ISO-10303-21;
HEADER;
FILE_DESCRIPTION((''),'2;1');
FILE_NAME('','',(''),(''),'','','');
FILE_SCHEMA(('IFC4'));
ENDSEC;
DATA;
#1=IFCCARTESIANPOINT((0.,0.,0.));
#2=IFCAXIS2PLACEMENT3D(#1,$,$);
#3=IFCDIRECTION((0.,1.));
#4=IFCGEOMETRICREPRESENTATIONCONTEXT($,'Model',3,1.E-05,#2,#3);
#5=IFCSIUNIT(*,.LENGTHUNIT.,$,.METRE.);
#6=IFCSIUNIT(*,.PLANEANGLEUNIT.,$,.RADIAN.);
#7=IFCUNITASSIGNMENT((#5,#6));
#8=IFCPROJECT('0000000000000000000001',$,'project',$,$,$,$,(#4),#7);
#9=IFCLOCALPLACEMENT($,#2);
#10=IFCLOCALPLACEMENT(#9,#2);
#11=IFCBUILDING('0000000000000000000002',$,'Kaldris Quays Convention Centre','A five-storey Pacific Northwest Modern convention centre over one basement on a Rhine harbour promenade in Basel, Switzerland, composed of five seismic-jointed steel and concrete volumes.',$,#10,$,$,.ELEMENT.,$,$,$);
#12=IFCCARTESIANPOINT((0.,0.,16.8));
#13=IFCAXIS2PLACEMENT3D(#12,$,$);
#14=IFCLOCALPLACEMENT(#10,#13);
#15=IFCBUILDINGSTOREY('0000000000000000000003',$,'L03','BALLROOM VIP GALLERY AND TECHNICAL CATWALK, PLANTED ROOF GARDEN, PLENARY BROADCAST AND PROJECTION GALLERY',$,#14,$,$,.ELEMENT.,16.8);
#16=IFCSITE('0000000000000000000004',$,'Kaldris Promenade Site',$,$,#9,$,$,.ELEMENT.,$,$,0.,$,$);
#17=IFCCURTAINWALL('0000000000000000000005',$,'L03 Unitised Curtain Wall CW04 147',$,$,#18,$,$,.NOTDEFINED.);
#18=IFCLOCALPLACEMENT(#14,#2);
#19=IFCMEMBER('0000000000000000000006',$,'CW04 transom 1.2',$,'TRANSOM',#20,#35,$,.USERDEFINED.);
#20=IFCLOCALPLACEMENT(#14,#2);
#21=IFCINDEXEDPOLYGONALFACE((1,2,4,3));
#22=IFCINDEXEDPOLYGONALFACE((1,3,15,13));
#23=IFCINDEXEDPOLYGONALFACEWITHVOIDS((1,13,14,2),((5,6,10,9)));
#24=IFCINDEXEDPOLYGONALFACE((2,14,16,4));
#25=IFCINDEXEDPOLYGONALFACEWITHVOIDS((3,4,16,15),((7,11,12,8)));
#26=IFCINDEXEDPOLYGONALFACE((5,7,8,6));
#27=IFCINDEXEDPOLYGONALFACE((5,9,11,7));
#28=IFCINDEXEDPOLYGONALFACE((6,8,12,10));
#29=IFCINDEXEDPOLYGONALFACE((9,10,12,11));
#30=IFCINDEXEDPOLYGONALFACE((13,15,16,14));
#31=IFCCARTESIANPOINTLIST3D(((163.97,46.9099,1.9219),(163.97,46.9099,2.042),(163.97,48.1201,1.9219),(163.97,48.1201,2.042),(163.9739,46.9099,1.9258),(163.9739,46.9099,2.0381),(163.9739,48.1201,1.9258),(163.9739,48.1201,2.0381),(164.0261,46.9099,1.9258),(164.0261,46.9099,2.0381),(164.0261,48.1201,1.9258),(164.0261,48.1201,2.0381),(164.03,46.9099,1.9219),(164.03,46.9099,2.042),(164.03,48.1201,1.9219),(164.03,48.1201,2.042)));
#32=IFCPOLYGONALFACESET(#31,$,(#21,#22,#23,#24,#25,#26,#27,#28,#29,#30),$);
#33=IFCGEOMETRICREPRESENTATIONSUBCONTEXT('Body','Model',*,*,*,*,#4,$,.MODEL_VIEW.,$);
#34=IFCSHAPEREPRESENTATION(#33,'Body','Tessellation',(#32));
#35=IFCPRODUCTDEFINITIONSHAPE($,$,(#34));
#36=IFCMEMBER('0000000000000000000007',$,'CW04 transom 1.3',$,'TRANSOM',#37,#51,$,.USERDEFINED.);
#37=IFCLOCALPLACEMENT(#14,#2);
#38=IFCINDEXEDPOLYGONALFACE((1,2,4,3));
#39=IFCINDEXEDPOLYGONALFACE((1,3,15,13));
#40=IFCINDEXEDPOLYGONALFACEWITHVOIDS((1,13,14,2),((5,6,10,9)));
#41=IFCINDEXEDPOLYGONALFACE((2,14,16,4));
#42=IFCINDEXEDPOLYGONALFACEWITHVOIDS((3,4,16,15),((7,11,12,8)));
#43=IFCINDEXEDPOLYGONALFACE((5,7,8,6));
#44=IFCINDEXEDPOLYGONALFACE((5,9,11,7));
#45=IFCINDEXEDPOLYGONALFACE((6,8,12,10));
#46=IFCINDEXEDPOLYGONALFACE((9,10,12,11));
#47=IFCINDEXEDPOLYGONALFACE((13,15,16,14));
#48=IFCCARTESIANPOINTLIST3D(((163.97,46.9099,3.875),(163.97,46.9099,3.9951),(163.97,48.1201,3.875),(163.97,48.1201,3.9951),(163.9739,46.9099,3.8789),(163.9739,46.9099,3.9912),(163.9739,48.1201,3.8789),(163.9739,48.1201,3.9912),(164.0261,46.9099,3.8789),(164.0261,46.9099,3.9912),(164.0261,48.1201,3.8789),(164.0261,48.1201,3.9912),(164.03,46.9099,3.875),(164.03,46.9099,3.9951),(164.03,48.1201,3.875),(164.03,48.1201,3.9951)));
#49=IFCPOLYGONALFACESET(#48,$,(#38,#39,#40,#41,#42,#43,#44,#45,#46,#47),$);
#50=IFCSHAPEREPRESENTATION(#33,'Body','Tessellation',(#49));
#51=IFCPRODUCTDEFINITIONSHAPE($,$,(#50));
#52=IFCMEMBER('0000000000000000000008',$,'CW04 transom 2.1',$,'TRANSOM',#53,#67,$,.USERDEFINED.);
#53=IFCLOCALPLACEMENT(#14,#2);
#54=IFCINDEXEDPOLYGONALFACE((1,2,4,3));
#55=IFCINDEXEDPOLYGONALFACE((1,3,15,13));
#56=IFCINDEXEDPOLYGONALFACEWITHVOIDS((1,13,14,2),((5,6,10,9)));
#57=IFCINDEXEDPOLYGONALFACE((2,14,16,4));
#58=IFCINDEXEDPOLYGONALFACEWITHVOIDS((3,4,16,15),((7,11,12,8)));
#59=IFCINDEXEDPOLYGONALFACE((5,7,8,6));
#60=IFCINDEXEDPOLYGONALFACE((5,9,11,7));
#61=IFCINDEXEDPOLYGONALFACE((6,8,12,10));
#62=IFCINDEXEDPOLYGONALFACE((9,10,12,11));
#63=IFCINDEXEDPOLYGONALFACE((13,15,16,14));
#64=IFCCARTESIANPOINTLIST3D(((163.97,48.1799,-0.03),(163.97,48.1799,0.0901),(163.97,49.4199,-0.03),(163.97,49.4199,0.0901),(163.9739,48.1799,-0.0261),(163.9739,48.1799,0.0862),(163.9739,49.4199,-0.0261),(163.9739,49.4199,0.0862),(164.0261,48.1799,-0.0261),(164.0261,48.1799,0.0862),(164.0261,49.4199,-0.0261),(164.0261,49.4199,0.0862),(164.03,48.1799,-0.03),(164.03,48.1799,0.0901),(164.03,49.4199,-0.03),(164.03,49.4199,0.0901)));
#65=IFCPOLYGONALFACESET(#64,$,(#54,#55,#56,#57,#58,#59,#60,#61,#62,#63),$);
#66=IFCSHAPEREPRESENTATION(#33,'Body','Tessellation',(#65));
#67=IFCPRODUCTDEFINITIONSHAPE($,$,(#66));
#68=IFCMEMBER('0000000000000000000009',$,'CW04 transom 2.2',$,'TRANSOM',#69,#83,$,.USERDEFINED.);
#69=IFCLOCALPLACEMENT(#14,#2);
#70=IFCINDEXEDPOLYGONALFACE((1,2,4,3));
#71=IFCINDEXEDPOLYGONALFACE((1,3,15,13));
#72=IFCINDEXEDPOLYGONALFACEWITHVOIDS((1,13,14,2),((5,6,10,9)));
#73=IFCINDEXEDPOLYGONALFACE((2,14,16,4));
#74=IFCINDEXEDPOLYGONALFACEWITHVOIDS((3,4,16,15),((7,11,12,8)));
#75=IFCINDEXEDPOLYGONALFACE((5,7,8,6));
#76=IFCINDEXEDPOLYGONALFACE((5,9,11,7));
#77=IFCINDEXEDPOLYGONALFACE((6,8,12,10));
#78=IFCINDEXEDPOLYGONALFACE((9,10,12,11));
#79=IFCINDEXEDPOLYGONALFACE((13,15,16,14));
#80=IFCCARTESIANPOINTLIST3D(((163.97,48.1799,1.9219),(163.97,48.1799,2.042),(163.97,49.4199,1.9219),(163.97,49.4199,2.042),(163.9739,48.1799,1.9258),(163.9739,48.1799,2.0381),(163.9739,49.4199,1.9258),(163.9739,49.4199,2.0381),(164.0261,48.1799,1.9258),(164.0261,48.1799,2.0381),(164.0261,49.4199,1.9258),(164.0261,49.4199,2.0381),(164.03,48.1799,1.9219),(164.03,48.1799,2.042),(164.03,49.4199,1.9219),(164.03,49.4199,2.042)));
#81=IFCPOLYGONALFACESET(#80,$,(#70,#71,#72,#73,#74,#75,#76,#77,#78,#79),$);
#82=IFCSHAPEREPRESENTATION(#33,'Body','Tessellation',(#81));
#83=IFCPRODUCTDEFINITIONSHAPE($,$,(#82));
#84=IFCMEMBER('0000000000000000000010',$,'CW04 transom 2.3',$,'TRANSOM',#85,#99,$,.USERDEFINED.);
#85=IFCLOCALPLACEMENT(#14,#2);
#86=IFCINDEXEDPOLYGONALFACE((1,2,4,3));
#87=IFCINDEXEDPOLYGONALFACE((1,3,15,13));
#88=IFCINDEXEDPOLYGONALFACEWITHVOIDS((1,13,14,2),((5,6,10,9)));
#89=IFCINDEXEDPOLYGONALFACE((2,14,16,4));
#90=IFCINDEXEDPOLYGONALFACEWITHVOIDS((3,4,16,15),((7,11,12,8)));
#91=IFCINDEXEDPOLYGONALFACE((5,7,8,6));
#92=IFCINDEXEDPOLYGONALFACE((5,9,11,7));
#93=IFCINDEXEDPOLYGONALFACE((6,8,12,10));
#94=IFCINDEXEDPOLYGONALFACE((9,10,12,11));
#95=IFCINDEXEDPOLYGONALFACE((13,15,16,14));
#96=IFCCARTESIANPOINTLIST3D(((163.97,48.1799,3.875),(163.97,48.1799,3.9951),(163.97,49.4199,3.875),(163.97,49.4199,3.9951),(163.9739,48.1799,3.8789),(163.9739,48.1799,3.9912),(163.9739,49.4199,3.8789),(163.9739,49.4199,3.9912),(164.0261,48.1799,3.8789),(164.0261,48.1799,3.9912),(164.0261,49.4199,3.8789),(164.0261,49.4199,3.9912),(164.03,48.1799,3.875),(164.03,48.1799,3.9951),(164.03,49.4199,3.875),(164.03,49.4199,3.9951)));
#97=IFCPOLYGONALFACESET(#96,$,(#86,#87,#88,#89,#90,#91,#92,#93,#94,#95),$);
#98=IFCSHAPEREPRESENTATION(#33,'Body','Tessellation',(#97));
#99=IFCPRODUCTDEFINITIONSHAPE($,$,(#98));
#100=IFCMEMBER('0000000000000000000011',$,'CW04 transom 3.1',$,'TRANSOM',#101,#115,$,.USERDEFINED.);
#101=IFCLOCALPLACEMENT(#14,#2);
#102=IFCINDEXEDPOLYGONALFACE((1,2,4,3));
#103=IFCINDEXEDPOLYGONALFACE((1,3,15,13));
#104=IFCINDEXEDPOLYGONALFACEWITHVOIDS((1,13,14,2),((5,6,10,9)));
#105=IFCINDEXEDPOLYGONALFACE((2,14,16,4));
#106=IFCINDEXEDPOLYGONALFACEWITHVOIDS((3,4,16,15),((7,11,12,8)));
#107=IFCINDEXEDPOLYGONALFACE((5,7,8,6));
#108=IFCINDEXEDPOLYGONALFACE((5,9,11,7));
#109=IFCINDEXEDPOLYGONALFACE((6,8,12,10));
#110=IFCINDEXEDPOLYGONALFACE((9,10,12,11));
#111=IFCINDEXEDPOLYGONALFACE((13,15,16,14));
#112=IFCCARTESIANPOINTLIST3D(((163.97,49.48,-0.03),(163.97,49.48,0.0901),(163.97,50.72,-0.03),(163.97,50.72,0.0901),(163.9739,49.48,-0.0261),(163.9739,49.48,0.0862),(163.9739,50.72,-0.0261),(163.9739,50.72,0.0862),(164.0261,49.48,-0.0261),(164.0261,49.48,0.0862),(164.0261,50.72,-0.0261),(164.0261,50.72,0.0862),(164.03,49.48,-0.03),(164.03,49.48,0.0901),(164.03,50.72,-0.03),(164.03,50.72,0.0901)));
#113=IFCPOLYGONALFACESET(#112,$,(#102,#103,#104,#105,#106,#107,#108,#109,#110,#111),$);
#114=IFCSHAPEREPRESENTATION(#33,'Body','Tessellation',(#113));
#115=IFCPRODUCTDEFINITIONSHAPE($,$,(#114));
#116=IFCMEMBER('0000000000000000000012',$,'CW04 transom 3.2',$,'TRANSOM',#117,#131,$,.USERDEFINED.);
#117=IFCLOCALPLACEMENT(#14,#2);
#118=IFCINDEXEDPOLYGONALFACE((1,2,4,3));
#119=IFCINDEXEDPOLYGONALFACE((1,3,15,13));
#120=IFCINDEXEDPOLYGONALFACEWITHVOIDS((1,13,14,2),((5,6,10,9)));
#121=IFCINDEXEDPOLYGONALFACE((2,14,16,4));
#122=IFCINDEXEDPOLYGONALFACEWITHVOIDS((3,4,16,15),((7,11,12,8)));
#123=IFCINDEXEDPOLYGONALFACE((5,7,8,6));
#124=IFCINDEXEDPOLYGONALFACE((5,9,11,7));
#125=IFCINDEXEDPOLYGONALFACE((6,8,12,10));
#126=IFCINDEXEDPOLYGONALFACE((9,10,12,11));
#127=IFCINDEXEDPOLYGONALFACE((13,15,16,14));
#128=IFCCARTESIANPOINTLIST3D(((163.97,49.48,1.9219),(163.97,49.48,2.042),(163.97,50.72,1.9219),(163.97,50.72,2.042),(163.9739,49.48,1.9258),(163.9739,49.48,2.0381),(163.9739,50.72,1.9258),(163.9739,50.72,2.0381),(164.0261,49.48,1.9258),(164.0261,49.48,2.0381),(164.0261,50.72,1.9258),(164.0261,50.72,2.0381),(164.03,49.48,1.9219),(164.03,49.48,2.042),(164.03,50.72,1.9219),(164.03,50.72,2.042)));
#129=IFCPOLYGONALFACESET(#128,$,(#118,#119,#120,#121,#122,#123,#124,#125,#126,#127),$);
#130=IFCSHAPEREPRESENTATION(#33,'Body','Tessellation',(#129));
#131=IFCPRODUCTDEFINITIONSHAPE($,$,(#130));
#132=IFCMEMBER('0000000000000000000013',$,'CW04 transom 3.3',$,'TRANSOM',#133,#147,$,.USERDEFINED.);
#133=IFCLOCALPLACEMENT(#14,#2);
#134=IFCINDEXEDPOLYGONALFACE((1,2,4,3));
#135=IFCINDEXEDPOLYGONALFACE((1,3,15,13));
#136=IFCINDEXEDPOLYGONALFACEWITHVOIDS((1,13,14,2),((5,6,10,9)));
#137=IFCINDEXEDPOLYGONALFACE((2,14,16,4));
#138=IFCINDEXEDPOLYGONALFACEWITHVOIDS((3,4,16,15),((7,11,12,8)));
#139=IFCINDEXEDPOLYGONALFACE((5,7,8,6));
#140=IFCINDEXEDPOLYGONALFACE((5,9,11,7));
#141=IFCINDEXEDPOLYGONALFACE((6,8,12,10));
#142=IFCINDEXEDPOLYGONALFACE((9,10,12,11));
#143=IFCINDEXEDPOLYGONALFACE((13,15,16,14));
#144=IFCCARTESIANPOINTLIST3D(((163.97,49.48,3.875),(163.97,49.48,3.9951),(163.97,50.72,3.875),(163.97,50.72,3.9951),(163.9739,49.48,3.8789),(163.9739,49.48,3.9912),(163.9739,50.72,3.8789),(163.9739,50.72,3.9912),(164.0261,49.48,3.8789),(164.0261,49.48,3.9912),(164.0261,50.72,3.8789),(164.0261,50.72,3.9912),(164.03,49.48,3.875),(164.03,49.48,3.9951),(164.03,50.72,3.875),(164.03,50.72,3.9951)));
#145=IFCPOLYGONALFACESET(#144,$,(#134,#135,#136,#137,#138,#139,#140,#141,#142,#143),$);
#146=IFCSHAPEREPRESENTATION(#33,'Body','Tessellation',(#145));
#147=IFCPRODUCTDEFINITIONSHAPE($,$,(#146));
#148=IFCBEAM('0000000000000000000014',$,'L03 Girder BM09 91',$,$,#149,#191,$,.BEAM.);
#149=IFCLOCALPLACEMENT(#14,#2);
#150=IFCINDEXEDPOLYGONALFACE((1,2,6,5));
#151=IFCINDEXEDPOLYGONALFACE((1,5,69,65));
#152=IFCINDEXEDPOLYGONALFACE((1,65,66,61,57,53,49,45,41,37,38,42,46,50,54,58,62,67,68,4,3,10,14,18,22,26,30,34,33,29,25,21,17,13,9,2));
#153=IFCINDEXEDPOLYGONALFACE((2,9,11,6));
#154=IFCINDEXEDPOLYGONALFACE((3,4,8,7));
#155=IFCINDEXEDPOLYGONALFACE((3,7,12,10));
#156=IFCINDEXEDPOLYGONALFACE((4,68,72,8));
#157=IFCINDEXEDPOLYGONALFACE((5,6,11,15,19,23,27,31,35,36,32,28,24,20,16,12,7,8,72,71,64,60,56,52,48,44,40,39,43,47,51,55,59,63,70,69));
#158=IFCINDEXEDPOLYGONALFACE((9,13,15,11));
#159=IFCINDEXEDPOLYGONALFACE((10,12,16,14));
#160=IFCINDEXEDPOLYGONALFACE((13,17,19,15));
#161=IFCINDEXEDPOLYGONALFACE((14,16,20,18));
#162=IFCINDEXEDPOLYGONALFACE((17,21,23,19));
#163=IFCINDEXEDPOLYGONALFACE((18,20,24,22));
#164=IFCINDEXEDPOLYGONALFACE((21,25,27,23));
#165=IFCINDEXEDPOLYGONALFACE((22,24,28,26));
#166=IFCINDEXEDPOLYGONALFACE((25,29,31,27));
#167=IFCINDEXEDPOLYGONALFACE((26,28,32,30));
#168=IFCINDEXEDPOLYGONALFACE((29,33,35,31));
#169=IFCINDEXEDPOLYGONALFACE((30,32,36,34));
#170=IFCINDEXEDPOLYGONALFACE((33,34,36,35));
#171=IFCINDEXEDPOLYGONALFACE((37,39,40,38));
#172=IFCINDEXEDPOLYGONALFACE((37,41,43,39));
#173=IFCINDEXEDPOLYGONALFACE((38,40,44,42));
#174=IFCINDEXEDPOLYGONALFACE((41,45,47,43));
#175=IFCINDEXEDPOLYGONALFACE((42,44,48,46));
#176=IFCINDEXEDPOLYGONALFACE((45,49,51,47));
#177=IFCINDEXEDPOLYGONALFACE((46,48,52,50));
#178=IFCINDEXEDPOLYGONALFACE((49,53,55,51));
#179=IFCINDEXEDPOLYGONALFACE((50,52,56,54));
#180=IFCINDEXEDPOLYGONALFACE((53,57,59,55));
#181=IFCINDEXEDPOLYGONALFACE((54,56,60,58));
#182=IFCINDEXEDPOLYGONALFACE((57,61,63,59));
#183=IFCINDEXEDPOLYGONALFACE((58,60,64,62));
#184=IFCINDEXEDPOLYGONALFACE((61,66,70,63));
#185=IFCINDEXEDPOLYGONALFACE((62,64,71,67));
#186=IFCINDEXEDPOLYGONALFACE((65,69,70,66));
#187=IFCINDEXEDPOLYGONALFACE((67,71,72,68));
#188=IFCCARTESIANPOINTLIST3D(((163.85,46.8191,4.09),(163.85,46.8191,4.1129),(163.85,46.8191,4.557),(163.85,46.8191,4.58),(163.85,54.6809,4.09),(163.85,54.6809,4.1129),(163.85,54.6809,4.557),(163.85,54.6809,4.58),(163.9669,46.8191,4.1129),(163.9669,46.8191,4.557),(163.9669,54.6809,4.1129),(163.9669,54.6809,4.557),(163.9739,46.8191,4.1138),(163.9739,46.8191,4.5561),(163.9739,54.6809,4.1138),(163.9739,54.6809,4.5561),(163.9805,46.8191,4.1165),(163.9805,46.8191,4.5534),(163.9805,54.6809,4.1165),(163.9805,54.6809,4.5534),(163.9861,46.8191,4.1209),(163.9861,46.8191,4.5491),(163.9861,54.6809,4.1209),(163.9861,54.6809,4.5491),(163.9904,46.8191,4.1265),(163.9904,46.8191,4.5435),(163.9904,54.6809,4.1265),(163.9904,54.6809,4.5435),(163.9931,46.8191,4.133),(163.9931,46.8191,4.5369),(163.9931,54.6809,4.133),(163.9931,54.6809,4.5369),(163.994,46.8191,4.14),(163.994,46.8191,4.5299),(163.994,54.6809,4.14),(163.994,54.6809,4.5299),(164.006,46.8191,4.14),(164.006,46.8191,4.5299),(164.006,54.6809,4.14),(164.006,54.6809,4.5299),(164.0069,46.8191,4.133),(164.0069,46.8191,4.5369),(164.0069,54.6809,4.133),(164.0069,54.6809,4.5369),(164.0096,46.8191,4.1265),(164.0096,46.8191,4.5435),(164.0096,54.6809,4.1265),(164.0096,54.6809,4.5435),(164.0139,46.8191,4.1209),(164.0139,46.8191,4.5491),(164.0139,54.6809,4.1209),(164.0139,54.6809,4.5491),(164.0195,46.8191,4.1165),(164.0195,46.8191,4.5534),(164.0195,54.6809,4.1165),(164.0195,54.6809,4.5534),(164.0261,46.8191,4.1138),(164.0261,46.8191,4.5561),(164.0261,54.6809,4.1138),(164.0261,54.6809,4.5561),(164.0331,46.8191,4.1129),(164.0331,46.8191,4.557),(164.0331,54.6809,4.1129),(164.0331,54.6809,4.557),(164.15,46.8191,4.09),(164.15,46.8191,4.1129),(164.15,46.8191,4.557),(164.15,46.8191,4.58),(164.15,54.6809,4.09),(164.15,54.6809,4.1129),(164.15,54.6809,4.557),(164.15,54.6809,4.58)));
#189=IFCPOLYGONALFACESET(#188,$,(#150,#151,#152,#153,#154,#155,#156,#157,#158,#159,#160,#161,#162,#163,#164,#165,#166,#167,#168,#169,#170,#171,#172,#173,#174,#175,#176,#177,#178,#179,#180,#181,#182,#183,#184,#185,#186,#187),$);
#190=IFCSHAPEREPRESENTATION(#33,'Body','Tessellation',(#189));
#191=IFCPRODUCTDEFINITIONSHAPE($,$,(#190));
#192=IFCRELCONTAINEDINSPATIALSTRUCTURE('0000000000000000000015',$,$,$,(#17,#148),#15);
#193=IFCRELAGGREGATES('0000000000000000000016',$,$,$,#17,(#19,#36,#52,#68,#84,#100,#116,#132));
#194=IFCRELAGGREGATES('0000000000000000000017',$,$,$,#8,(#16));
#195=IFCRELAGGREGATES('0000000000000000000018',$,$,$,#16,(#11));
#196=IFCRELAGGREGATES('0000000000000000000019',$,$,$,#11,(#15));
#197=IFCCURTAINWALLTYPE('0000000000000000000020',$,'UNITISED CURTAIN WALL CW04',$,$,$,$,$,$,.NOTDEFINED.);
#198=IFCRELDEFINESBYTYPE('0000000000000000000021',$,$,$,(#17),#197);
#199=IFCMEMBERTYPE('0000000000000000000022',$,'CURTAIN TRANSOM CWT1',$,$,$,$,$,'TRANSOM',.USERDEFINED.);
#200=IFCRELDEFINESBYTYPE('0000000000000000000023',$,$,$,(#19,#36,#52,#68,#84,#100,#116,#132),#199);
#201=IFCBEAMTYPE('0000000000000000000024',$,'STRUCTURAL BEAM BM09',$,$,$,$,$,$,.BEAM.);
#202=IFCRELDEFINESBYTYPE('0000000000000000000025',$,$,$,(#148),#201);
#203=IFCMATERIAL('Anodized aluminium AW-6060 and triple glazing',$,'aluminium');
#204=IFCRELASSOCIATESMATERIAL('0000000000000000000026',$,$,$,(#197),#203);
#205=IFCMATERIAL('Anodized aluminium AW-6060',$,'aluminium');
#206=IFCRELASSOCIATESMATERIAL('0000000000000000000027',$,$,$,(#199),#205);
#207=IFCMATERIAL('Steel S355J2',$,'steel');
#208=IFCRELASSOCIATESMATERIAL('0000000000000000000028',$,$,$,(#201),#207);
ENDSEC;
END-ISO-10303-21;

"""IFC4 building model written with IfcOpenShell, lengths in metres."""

from ifc_helpers import new_model, si_unit, direction, frame, origin, origin_2d, place, context, subcontext, project, spatial, hollow_rectangle, i_section, extrude, material, material_profile, profile_set, type_object, element, aggregate, save


model = new_model("IFC4")

# Units and contexts
model_context = context("Model", 3, precision=1e-05, world=origin(), true_north=direction((0.0, 1.0)))
body_context = subcontext(model_context, "Body", "Model", "MODEL_VIEW")
ifc_project = project(units=[si_unit("LENGTHUNIT", "METRE"), si_unit("PLANEANGLEUNIT", "RADIAN")], contexts=[model_context])

# Site, building, storey
site_placement = place(None, origin())
site = spatial("IfcSite", under=ifc_project, at=site_placement, Name="Kaldris Promenade Site", CompositionType="ELEMENT", RefElevation=0.0)
building_placement = place(site_placement, origin())
building = spatial("IfcBuilding", under=site, at=building_placement, Name="Kaldris Quays Convention Centre", Description="A five-storey Pacific Northwest Modern convention centre over one basement on a Rhine harbour promenade in Basel, Switzerland, composed of five seismic-jointed steel and concrete volumes.", CompositionType="ELEMENT")
storey_placement = place(building_placement, frame((0.0, 0.0, 16.8)))
storey = spatial("IfcBuildingStorey", under=building, at=storey_placement, Name="L03", Description="BALLROOM VIP GALLERY AND TECHNICAL CATWALK, PLANTED ROOF GARDEN, PLENARY BROADCAST AND PROJECTION GALLERY", CompositionType="ELEMENT", Elevation=16.8)

# Shared definitions
ifc_material_1 = material(Name="Steel S355J2", Category="steel")

# Shared definitions
ifc_material_2 = material(Name="Anodized aluminium AW-6060 and triple glazing", Category="aluminium")
curtain_wall_type = type_object("IfcCurtainWallType", Name="UNITISED CURTAIN WALL CW04", PredefinedType="NOTDEFINED", material=ifc_material_2)
ifc_material_3 = material(Name="Anodized aluminium AW-6060", Category="aluminium")

# Curtain wall
curtain_wall_1_placement = place(storey_placement, origin())
curtain_wall_1 = element("IfcCurtainWall", 1, at=curtain_wall_1_placement, inside=storey, type_object=curtain_wall_type, Name="L03 Unitised Curtain Wall CW04 147", PredefinedType="NOTDEFINED")

# Members
ifc_material_profile_1 = material_profile(ifc_material_3, hollow_rectangle(XDim=0.0601, YDim=0.1201, WallThickness=0.0039, at=origin_2d()), Name="RHS 120x60x4")
ifc_profile_set_1 = profile_set([ifc_material_profile_1], Name="Anodized aluminium AW-6060")
member_type_1 = type_object("IfcMemberType", Name="CURTAIN TRANSOM CWT1", ElementType="TRANSOM", PredefinedType="USERDEFINED", material=ifc_profile_set_1)
member_1_placement = place(storey_placement, frame((164.0, 46.9099, 1.9819), z_axis=(0.0, 1.0, 0.0), x_axis=(-1.0, 0.0, 0.0)))
member_1 = element("IfcMember", 2, at=member_1_placement, type_object=member_type_1, Name="CW04 transom 1.2", ObjectType="TRANSOM", PredefinedType="USERDEFINED", context=body_context, shape_type="SweptSolid", body=[
    extrude(hollow_rectangle(XDim=0.0601, YDim=0.1201, WallThickness=0.0039, at=origin_2d()), origin(), (0.0, 0.0, 1.0), 1.2102),
])
member_2_placement = place(storey_placement, frame((164.0, 46.9099, 3.9351), z_axis=(0.0, 1.0, 0.0), x_axis=(-1.0, 0.0, 0.0)))
member_2 = element("IfcMember", 3, at=member_2_placement, type_object=member_type_1, Name="CW04 transom 1.3", ObjectType="TRANSOM", PredefinedType="USERDEFINED", context=body_context, shape_type="SweptSolid", body=[
    extrude(hollow_rectangle(XDim=0.0601, YDim=0.1201, WallThickness=0.0039, at=origin_2d()), origin(), (0.0, 0.0, 1.0), 1.2102),
])
member_3_placement = place(storey_placement, frame((164.0, 48.1799, 0.03), z_axis=(0.0, 1.0, 0.0), x_axis=(-1.0, 0.0, 0.0)))
member_3 = element("IfcMember", 4, at=member_3_placement, type_object=member_type_1, Name="CW04 transom 2.1", ObjectType="TRANSOM", PredefinedType="USERDEFINED", context=body_context, shape_type="SweptSolid", body=[
    extrude(hollow_rectangle(XDim=0.0601, YDim=0.1201, WallThickness=0.0039, at=origin_2d()), origin(), (0.0, 0.0, 1.0), 1.24),
])
member_4_placement = place(storey_placement, frame((164.0, 48.1799, 1.9819), z_axis=(0.0, 1.0, 0.0), x_axis=(-1.0, 0.0, 0.0)))
member_4 = element("IfcMember", 5, at=member_4_placement, type_object=member_type_1, Name="CW04 transom 2.2", ObjectType="TRANSOM", PredefinedType="USERDEFINED", context=body_context, shape_type="SweptSolid", body=[
    extrude(hollow_rectangle(XDim=0.0601, YDim=0.1201, WallThickness=0.0039, at=origin_2d()), origin(), (0.0, 0.0, 1.0), 1.24),
])
member_5_placement = place(storey_placement, frame((164.0, 48.1799, 3.9351), z_axis=(0.0, 1.0, 0.0), x_axis=(-1.0, 0.0, 0.0)))
member_5 = element("IfcMember", 6, at=member_5_placement, type_object=member_type_1, Name="CW04 transom 2.3", ObjectType="TRANSOM", PredefinedType="USERDEFINED", context=body_context, shape_type="SweptSolid", body=[
    extrude(hollow_rectangle(XDim=0.0601, YDim=0.1201, WallThickness=0.0039, at=origin_2d()), origin(), (0.0, 0.0, 1.0), 1.24),
])
member_6_placement = place(storey_placement, frame((164.0, 49.48, 0.03), z_axis=(0.0, 1.0, 0.0), x_axis=(-1.0, 0.0, 0.0)))
member_6 = element("IfcMember", 7, at=member_6_placement, type_object=member_type_1, Name="CW04 transom 3.1", ObjectType="TRANSOM", PredefinedType="USERDEFINED", context=body_context, shape_type="SweptSolid", body=[
    extrude(hollow_rectangle(XDim=0.0601, YDim=0.1201, WallThickness=0.0039, at=origin_2d()), origin(), (0.0, 0.0, 1.0), 1.24),
])
member_7_placement = place(storey_placement, frame((164.0, 49.48, 1.9819), z_axis=(0.0, 1.0, 0.0), x_axis=(-1.0, 0.0, 0.0)))
member_7 = element("IfcMember", 8, at=member_7_placement, type_object=member_type_1, Name="CW04 transom 3.2", ObjectType="TRANSOM", PredefinedType="USERDEFINED", context=body_context, shape_type="SweptSolid", body=[
    extrude(hollow_rectangle(XDim=0.0601, YDim=0.1201, WallThickness=0.0039, at=origin_2d()), origin(), (0.0, 0.0, 1.0), 1.24),
])
member_8_placement = place(storey_placement, frame((164.0, 49.48, 3.9351), z_axis=(0.0, 1.0, 0.0), x_axis=(-1.0, 0.0, 0.0)))
member_8 = element("IfcMember", 9, at=member_8_placement, type_object=member_type_1, Name="CW04 transom 3.3", ObjectType="TRANSOM", PredefinedType="USERDEFINED", context=body_context, shape_type="SweptSolid", body=[
    extrude(hollow_rectangle(XDim=0.0601, YDim=0.1201, WallThickness=0.0039, at=origin_2d()), origin(), (0.0, 0.0, 1.0), 1.24),
])

# Beam
ifc_material_profile_2 = material_profile(ifc_material_1, i_section(OverallWidth=0.3, OverallDepth=0.49, WebThickness=0.012, FlangeThickness=0.0229, FilletRadius=0.0271, at=origin_2d()), Name="HEA 500")
ifc_profile_set_2 = profile_set([ifc_material_profile_2], Name="Steel S355J2")
beam_type = type_object("IfcBeamType", Name="STRUCTURAL BEAM BM09", PredefinedType="BEAM", material=ifc_profile_set_2)
beam_placement = place(storey_placement, frame((164.0, 46.8191, 4.335), z_axis=(0.0, 1.0, 0.0), x_axis=(-1.0, 0.0, 0.0)))
element("IfcBeam", 10, at=beam_placement, inside=storey, type_object=beam_type, Name="L03 Girder BM09 91", PredefinedType="BEAM", context=body_context, shape_type="SweptSolid", body=[
    extrude(i_section(OverallWidth=0.3, OverallDepth=0.49, WebThickness=0.012, FlangeThickness=0.0229, FilletRadius=0.0271, at=origin_2d()), origin(), (0.0, 0.0, 1.0), 7.8618),
])

aggregate(curtain_wall_1, [member_1, member_2, member_3, member_4, member_5, member_6, member_7, member_8])

save(model, "model.ifc")
